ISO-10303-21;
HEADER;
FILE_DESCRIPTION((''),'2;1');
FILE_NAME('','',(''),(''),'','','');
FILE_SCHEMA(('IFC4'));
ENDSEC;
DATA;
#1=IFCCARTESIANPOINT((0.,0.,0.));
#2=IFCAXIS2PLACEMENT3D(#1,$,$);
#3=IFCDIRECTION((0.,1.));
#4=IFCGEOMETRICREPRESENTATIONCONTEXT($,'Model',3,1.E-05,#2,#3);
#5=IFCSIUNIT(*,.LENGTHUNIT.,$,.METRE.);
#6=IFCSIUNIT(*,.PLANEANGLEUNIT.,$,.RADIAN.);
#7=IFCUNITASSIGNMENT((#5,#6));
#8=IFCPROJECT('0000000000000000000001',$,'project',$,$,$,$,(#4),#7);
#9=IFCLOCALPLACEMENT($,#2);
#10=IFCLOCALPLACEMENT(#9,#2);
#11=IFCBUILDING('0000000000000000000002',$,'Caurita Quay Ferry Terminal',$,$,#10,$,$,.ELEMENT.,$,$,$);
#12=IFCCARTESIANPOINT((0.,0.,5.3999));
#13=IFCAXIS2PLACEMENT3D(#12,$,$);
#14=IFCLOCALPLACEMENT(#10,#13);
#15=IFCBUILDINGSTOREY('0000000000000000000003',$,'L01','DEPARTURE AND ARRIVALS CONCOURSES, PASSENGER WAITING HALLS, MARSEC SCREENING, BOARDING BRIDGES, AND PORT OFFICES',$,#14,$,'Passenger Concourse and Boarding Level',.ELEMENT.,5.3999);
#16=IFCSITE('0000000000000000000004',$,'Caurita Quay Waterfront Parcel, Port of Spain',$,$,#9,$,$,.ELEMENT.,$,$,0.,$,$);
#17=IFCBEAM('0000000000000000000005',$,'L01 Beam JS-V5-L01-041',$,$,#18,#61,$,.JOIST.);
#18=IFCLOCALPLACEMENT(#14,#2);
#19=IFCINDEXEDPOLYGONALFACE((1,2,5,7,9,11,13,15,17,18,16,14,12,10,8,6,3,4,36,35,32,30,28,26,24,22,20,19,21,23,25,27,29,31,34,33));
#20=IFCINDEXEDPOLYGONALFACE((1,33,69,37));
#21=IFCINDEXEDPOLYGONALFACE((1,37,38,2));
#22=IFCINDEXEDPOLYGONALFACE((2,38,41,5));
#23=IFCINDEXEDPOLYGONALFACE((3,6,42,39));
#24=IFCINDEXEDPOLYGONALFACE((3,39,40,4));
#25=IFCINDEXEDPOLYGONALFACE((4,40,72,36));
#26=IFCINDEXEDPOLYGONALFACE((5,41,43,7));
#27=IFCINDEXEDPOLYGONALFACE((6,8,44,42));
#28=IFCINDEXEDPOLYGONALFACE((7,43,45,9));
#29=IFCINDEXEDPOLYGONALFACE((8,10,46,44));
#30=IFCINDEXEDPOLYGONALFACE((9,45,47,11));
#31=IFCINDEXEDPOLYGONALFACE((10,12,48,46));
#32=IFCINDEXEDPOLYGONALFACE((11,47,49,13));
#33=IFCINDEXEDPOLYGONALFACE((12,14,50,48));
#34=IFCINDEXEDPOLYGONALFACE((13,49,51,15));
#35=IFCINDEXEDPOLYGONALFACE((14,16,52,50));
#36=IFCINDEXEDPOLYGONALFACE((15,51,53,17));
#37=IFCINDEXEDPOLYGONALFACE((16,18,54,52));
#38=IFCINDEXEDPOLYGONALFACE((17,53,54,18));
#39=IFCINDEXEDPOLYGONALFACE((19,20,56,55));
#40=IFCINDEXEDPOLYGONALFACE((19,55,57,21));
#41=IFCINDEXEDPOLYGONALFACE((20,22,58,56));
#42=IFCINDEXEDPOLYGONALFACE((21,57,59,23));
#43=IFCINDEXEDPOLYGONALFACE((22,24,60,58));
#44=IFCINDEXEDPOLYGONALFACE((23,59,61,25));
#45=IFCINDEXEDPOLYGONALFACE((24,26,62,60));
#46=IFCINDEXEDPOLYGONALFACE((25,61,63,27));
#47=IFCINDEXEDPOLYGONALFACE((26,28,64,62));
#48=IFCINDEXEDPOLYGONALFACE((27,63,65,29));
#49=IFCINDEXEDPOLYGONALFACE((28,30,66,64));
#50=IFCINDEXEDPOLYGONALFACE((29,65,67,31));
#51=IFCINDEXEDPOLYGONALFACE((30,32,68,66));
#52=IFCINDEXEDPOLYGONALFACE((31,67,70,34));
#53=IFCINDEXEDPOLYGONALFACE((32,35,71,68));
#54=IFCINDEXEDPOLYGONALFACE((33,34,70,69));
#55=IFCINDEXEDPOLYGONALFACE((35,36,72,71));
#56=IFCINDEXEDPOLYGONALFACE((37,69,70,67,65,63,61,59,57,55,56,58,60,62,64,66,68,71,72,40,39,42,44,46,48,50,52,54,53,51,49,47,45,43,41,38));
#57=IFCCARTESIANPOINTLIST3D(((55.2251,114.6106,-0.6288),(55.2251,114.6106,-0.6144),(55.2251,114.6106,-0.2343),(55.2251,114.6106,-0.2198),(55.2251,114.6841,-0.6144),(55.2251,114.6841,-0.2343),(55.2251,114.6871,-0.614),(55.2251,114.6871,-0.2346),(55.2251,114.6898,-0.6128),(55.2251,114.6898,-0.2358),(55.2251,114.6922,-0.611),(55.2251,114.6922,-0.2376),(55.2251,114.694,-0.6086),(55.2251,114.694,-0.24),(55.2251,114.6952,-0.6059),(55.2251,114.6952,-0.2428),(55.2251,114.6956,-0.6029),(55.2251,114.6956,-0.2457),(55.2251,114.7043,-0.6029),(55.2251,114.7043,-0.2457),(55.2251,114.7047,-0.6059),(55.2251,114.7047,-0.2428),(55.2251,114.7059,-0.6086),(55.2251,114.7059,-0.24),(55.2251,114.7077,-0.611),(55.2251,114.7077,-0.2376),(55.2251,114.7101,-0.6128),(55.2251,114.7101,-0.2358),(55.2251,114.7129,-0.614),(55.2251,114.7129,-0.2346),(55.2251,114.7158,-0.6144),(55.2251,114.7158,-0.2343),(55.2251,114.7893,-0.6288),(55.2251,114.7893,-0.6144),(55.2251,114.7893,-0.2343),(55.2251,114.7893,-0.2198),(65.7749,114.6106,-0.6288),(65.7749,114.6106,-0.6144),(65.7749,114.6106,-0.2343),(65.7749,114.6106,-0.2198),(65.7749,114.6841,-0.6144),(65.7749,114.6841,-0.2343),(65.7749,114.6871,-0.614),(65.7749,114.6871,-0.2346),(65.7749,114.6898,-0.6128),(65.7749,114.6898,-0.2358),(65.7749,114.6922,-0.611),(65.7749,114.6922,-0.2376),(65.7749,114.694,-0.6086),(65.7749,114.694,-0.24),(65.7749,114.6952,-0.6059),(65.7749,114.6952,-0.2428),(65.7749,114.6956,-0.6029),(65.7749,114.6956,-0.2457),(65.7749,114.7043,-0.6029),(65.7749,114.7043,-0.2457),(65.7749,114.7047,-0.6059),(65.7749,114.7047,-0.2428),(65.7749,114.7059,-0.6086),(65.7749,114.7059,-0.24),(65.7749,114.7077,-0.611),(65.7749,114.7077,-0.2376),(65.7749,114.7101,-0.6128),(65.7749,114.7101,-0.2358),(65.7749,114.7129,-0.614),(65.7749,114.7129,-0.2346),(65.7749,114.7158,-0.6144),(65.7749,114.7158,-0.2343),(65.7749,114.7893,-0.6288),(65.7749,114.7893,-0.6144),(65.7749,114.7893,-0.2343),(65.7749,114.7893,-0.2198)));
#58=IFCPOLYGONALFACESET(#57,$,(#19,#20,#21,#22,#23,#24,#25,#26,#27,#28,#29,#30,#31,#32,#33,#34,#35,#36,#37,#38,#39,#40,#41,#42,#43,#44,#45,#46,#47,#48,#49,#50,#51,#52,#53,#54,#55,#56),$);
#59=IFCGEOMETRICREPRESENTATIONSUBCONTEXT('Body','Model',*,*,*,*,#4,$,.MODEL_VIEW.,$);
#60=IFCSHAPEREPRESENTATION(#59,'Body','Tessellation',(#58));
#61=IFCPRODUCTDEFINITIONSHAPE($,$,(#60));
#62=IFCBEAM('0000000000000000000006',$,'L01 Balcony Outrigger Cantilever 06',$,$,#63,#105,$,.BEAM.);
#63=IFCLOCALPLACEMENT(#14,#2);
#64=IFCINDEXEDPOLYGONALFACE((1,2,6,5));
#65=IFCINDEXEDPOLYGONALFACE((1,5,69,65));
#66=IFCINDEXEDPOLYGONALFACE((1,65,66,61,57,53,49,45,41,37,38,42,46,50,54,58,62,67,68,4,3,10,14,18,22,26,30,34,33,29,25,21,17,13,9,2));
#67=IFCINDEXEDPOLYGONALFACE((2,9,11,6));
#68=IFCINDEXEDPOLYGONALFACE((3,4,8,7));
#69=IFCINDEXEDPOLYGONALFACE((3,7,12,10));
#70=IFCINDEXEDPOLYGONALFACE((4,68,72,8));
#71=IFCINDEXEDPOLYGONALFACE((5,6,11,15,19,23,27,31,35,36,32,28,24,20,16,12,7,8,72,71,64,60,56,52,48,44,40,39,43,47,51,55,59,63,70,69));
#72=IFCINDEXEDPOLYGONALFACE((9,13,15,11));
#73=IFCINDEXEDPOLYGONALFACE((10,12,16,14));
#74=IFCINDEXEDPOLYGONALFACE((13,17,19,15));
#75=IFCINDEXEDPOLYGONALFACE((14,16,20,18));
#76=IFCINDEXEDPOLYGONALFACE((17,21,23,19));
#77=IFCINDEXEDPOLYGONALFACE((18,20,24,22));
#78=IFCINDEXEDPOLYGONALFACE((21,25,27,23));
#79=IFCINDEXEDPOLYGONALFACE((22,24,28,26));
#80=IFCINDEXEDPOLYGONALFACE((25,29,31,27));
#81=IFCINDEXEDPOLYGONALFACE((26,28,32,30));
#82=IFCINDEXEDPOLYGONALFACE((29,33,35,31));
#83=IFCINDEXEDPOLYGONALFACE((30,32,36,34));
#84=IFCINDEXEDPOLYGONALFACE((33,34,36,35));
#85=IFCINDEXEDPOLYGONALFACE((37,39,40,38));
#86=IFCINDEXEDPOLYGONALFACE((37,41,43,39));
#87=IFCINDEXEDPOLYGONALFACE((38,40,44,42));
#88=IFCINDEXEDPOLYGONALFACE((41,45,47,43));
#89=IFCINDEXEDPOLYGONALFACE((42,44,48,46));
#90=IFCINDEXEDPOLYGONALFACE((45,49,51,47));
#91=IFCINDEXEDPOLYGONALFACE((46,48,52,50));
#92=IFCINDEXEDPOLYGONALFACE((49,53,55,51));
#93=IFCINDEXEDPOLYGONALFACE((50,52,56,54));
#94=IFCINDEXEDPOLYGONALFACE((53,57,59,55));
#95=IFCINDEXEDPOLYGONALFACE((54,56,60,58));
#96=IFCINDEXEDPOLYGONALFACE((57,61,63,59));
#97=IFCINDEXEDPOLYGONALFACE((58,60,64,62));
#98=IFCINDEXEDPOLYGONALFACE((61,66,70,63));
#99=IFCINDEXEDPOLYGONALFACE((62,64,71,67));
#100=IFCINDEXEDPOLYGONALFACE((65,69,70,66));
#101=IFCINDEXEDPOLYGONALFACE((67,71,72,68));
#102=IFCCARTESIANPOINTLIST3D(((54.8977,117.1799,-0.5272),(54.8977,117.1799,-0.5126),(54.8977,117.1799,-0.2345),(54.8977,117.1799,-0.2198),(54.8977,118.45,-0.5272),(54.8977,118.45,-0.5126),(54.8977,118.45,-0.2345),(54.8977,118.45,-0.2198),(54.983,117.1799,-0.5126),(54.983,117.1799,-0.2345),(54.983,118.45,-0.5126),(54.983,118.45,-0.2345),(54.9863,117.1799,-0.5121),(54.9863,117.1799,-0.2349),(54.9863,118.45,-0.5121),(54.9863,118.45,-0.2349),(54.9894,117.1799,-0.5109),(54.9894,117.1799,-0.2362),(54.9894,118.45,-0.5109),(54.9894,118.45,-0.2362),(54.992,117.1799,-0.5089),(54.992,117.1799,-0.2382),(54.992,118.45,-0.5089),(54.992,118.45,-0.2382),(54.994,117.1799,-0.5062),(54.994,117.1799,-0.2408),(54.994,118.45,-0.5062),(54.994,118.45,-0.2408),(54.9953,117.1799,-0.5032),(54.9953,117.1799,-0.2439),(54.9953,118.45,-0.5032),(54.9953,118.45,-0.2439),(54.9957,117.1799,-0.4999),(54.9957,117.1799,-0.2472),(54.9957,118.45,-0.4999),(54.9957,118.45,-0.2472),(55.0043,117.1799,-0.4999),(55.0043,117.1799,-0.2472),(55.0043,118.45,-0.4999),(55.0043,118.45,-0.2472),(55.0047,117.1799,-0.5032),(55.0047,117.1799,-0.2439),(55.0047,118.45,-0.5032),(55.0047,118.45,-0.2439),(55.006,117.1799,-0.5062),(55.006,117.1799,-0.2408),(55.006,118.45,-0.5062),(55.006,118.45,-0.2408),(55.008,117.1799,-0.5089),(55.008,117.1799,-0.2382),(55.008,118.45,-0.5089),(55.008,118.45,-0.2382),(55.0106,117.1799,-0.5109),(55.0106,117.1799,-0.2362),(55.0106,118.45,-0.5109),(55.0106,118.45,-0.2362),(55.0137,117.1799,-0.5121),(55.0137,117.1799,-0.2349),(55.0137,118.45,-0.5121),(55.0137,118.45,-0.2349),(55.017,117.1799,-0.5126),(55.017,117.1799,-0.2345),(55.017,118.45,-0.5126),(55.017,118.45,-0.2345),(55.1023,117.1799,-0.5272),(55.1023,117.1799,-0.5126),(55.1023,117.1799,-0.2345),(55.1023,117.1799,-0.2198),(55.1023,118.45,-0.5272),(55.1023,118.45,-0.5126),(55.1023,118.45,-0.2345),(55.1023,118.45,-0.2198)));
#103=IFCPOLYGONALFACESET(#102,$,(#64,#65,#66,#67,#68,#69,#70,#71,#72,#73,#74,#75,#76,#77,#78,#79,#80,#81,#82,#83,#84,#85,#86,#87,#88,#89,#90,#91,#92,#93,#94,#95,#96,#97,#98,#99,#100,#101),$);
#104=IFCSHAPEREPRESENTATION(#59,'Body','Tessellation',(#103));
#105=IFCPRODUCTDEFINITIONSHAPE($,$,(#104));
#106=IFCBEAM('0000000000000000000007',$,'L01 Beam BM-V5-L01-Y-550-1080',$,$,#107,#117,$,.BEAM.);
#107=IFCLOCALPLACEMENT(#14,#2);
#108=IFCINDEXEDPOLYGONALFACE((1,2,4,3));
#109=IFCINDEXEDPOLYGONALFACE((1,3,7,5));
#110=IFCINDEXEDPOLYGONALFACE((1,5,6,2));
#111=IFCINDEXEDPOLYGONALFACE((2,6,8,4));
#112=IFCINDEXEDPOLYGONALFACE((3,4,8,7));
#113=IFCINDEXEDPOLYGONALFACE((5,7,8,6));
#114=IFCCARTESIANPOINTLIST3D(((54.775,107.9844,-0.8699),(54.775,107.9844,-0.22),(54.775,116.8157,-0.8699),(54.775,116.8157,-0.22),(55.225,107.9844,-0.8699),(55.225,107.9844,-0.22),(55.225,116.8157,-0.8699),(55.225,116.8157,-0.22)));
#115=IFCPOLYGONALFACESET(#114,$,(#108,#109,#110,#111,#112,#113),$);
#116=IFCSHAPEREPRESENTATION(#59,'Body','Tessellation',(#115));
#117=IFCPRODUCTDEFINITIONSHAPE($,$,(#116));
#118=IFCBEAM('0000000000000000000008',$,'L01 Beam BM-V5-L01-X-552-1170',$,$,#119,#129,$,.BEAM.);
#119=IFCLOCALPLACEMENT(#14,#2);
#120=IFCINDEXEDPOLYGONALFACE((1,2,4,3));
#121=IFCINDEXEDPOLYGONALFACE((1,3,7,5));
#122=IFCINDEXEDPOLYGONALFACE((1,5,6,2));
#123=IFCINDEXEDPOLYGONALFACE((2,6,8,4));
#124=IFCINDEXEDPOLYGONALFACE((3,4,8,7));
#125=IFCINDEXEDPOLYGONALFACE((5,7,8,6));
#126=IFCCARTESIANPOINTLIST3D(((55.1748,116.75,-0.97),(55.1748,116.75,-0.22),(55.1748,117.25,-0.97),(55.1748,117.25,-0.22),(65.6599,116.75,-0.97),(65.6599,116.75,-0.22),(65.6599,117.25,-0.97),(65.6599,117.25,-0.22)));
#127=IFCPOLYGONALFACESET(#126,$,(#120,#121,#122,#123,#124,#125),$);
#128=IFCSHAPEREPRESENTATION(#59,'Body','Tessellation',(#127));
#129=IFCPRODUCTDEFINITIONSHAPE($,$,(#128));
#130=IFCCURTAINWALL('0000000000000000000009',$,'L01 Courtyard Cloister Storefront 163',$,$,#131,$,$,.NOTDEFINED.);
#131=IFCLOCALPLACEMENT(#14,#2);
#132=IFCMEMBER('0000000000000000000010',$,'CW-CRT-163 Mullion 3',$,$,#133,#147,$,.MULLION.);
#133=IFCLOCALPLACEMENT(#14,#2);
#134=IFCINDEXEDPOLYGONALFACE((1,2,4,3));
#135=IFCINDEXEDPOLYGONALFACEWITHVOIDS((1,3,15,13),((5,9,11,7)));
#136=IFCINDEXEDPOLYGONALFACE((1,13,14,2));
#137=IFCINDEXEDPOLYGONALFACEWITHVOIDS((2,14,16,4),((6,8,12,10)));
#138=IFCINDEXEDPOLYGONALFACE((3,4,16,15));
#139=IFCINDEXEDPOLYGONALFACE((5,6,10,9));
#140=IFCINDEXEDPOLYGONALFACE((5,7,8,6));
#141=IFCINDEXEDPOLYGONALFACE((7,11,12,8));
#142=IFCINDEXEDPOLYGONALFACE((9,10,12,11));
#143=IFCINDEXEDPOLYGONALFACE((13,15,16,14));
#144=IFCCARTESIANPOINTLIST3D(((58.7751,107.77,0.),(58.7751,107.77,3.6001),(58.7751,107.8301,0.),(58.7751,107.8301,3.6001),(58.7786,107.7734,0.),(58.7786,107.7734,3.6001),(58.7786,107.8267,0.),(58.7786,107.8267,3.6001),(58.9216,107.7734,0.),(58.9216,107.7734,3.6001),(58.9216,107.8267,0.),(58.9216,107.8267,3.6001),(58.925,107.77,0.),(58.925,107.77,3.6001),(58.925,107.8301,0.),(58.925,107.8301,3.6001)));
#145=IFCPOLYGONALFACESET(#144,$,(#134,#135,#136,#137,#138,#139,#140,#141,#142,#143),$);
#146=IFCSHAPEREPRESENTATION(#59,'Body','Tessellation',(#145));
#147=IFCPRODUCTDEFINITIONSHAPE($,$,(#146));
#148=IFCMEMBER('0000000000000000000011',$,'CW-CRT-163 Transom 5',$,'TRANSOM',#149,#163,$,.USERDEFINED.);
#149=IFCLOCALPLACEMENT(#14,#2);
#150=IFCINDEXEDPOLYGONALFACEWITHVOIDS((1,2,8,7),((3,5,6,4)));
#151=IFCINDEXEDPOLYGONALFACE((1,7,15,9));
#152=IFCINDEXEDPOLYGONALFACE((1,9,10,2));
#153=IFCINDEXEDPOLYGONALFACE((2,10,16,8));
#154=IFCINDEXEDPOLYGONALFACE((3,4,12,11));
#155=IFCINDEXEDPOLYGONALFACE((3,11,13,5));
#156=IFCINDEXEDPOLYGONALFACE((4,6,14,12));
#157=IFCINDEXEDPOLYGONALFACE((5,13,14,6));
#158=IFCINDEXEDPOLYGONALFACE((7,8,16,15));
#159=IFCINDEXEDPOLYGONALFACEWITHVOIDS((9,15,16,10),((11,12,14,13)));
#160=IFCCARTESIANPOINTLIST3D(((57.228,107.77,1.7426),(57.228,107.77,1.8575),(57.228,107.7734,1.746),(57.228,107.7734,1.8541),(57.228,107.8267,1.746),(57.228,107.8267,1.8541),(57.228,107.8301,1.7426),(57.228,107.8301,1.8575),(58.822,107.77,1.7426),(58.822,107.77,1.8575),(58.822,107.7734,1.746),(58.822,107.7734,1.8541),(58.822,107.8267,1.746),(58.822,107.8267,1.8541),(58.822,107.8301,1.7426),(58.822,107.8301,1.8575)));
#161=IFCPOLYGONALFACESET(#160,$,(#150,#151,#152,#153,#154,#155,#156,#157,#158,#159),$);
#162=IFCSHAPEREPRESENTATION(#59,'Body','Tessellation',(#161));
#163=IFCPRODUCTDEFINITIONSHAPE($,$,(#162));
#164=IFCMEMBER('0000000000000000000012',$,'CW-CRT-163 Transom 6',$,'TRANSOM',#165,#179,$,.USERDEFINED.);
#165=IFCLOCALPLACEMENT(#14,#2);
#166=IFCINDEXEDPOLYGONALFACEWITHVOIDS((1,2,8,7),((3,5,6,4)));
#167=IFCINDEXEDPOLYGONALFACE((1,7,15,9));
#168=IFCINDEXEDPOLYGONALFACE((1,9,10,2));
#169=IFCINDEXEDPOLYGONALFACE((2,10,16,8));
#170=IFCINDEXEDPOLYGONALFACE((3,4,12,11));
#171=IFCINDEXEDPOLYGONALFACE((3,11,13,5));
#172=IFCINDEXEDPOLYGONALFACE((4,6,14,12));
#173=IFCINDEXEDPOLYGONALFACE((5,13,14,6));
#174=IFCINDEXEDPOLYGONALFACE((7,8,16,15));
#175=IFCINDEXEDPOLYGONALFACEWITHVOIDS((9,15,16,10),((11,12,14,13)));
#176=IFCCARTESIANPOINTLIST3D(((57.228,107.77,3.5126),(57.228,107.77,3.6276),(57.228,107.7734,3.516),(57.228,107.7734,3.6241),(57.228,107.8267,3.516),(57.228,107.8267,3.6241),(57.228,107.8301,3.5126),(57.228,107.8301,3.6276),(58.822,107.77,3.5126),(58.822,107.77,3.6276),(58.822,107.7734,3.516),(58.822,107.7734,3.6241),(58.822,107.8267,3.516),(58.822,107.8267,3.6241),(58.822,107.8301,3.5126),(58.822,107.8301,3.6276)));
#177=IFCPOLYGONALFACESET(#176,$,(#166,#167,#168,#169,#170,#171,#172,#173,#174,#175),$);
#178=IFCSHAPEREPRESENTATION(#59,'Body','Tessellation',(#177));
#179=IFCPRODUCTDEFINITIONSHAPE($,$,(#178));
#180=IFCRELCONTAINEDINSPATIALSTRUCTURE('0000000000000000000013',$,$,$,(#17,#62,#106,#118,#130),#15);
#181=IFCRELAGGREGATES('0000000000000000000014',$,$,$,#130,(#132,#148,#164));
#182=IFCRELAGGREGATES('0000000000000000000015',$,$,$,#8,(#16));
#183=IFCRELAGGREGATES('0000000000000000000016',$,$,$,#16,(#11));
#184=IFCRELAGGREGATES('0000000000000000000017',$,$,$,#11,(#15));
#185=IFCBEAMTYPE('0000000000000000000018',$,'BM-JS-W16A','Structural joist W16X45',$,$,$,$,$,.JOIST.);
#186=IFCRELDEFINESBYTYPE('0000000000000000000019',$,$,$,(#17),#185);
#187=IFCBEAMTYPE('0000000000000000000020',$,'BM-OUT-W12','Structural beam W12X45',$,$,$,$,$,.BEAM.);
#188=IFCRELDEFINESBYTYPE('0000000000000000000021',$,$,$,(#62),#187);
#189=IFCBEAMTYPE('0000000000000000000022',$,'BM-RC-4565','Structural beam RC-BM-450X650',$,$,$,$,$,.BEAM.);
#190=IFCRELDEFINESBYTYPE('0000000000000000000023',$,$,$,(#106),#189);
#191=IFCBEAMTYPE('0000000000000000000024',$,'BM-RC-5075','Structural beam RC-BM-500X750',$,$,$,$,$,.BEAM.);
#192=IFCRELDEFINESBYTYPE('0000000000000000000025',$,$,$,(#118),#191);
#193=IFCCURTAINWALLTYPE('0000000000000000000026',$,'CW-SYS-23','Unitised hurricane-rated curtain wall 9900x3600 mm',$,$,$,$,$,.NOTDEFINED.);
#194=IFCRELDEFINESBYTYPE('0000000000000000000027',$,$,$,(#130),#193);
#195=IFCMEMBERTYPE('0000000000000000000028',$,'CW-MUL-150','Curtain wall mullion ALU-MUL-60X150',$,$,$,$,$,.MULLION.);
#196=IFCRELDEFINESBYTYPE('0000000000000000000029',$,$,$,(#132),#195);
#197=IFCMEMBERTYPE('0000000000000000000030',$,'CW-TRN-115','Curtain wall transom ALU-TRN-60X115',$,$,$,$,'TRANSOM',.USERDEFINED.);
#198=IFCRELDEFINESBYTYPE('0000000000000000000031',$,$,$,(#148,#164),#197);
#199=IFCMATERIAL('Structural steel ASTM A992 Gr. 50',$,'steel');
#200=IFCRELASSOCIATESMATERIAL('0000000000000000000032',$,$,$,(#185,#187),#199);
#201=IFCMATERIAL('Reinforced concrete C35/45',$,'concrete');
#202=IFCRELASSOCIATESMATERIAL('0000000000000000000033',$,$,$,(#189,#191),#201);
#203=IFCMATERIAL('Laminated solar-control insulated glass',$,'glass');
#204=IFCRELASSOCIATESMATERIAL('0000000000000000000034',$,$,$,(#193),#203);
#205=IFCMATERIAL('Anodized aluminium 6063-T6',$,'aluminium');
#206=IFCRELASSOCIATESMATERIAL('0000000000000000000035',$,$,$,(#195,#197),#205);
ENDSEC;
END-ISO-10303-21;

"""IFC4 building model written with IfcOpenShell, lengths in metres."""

from ifc_helpers import new_model, si_unit, direction, frame, origin, origin_2d, place, context, subcontext, project, spatial, rectangle, hollow_rectangle, i_section, extrude, material, material_profile, profile_set, type_object, element, aggregate, save


model = new_model("IFC4")

# Units and contexts
model_context = context("Model", 3, precision=1e-05, world=origin(), true_north=direction((0.0, 1.0)))
body_context = subcontext(model_context, "Body", "Model", "MODEL_VIEW")
ifc_project = project(units=[si_unit("LENGTHUNIT", "METRE"), si_unit("PLANEANGLEUNIT", "RADIAN")], contexts=[model_context])

# Site, building, storey
site_placement = place(None, origin())
site = spatial("IfcSite", under=ifc_project, at=site_placement, Name="Caurita Quay Waterfront Parcel, Port of Spain", CompositionType="ELEMENT", RefElevation=0.0)
building_placement = place(site_placement, origin())
building = spatial("IfcBuilding", under=site, at=building_placement, Name="Caurita Quay Ferry Terminal", CompositionType="ELEMENT")
storey_placement = place(building_placement, frame((0.0, 0.0, 5.3999)))
storey = spatial("IfcBuildingStorey", under=building, at=storey_placement, Name="L01", Description="DEPARTURE AND ARRIVALS CONCOURSES, PASSENGER WAITING HALLS, MARSEC SCREENING, BOARDING BRIDGES, AND PORT OFFICES", LongName="Passenger Concourse and Boarding Level", CompositionType="ELEMENT", Elevation=5.3999)

# Shared definitions
ifc_material_1 = material(Name="Reinforced concrete C35/45", Category="concrete")

# Beams
ifc_material_2 = material(Name="Structural steel ASTM A992 Gr. 50", Category="steel")
ifc_material_profile_1 = material_profile(ifc_material_2, i_section(OverallWidth=0.1787, OverallDepth=0.4089, WebThickness=0.0088, FlangeThickness=0.0144, FilletRadius=0.0115, at=origin_2d()), Name="W16X45")
ifc_profile_set_1 = profile_set([ifc_material_profile_1], Name="Structural steel ASTM A992 Gr. 50")
beam_type_1 = type_object("IfcBeamType", Name="BM-JS-W16A", Description="Structural joist W16X45", PredefinedType="JOIST", material=ifc_profile_set_1)
for number, where, z_axis, x_axis, name in (
    (1, (55.2251, 114.7, -0.4243), (1.0, 0.0, 0.0), (0.0, 1.0, 0.0), "L01 Beam JS-V5-L01-041"),
):
    element("IfcBeam", number, at=place(storey_placement, frame(where, z_axis=z_axis, x_axis=x_axis)), inside=storey, type_object=beam_type_1, Name=name, PredefinedType="JOIST", context=body_context, shape_type="SweptSolid", body=[
        extrude(i_section(OverallWidth=0.1787, OverallDepth=0.4089, WebThickness=0.0088, FlangeThickness=0.0144, FilletRadius=0.0115, at=origin_2d()), origin(), (0.0, 0.0, 1.0), 10.5498),
    ])
ifc_material_profile_2 = material_profile(ifc_material_2, i_section(OverallWidth=0.2046, OverallDepth=0.3074, WebThickness=0.0085, FlangeThickness=0.0146, FilletRadius=0.0127, at=origin_2d()), Name="W12X45")
ifc_profile_set_2 = profile_set([ifc_material_profile_2], Name="Structural steel ASTM A992 Gr. 50")
beam_type_2 = type_object("IfcBeamType", Name="BM-OUT-W12", Description="Structural beam W12X45", PredefinedType="BEAM", material=ifc_profile_set_2)
beam_1_placement = place(storey_placement, frame((55.0, 117.1799, -0.3735), z_axis=(0.0, 1.0, 0.0), x_axis=(-1.0, 0.0, 0.0)))
element("IfcBeam", 2, at=beam_1_placement, inside=storey, type_object=beam_type_2, Name="L01 Balcony Outrigger Cantilever 06", PredefinedType="BEAM", context=body_context, shape_type="SweptSolid", body=[
    extrude(i_section(OverallWidth=0.2046, OverallDepth=0.3074, WebThickness=0.0085, FlangeThickness=0.0146, FilletRadius=0.0127, at=origin_2d()), origin(), (0.0, 0.0, 1.0), 1.27),
])
ifc_material_profile_3 = material_profile(ifc_material_1, rectangle(XDim=0.45, YDim=0.6499, at=origin_2d()), Name="RC-BM-450X650")
ifc_profile_set_3 = profile_set([ifc_material_profile_3], Name="Reinforced concrete C35/45")
beam_type_3 = type_object("IfcBeamType", Name="BM-RC-4565", Description="Structural beam RC-BM-450X650", PredefinedType="BEAM", material=ifc_profile_set_3)
beam_2_placement = place(storey_placement, frame((55.0, 107.9844, -0.5449), z_axis=(0.0, 1.0, 0.0), x_axis=(-1.0, 0.0, 0.0)))
element("IfcBeam", 3, at=beam_2_placement, inside=storey, type_object=beam_type_3, Name="L01 Beam BM-V5-L01-Y-550-1080", PredefinedType="BEAM", context=body_context, shape_type="SweptSolid", body=[
    extrude(rectangle(XDim=0.45, YDim=0.6499, at=origin_2d()), origin(), (0.0, 0.0, 1.0), 8.8313),
])
ifc_material_profile_4 = material_profile(ifc_material_1, rectangle(XDim=0.5, YDim=0.75, at=origin_2d()), Name="RC-BM-500X750")
ifc_profile_set_4 = profile_set([ifc_material_profile_4], Name="Reinforced concrete C35/45")
beam_type_4 = type_object("IfcBeamType", Name="BM-RC-5075", Description="Structural beam RC-BM-500X750", PredefinedType="BEAM", material=ifc_profile_set_4)
beam_3_placement = place(storey_placement, frame((55.1748, 117.0, -0.595), z_axis=(1.0, 0.0, 0.0), x_axis=(0.0, 1.0, 0.0)))
element("IfcBeam", 4, at=beam_3_placement, inside=storey, type_object=beam_type_4, Name="L01 Beam BM-V5-L01-X-552-1170", PredefinedType="BEAM", context=body_context, shape_type="SweptSolid", body=[
    extrude(rectangle(XDim=0.5, YDim=0.75, at=origin_2d()), origin(), (0.0, 0.0, 1.0), 10.4851),
])

# Curtain wall, members
ifc_material_3 = material(Name="Laminated solar-control insulated glass", Category="glass")
curtain_wall_type = type_object("IfcCurtainWallType", Name="CW-SYS-23", Description="Unitised hurricane-rated curtain wall 9900x3600 mm", PredefinedType="NOTDEFINED", material=ifc_material_3)
curtain_wall_placement = place(storey_placement, origin())
curtain_wall = element("IfcCurtainWall", 5, at=curtain_wall_placement, inside=storey, type_object=curtain_wall_type, Name="L01 Courtyard Cloister Storefront 163", PredefinedType="NOTDEFINED")
ifc_material_4 = material(Name="Anodized aluminium 6063-T6", Category="aluminium")
ifc_material_profile_5 = material_profile(ifc_material_4, hollow_rectangle(XDim=0.0601, YDim=0.1499, WallThickness=0.0034, at=origin_2d()), Name="ALU-MUL-60X150")
ifc_profile_set_5 = profile_set([ifc_material_profile_5], Name="Anodized aluminium 6063-T6")
member_type_1 = type_object("IfcMemberType", Name="CW-MUL-150", Description="Curtain wall mullion ALU-MUL-60X150", PredefinedType="MULLION", material=ifc_profile_set_5)
member_1_placement = place(storey_placement, frame((58.8501, 107.8, 0.0), z_axis=(0.0, 0.0, 1.0), x_axis=(0.0, 1.0, 0.0)))
member_1 = element("IfcMember", 6, at=member_1_placement, type_object=member_type_1, Name="CW-CRT-163 Mullion 3", PredefinedType="MULLION", context=body_context, shape_type="SweptSolid", body=[
    extrude(hollow_rectangle(XDim=0.0601, YDim=0.1499, WallThickness=0.0034, at=origin_2d()), origin(), (0.0, 0.0, 1.0), 3.6001),
])
ifc_material_profile_6 = material_profile(ifc_material_4, hollow_rectangle(XDim=0.0601, YDim=0.115, WallThickness=0.0034, at=origin_2d()), Name="ALU-TRN-60X115")
ifc_profile_set_6 = profile_set([ifc_material_profile_6], Name="Anodized aluminium 6063-T6")
member_type_2 = type_object("IfcMemberType", Name="CW-TRN-115", Description="Curtain wall transom ALU-TRN-60X115", ElementType="TRANSOM", PredefinedType="USERDEFINED", material=ifc_profile_set_6)
member_2_placement = place(storey_placement, frame((57.228, 107.8, 1.8), z_axis=(1.0, 0.0, 0.0), x_axis=(0.0, 1.0, 0.0)))
member_2 = element("IfcMember", 7, at=member_2_placement, type_object=member_type_2, Name="CW-CRT-163 Transom 5", ObjectType="TRANSOM", PredefinedType="USERDEFINED", context=body_context, shape_type="SweptSolid", body=[
    extrude(hollow_rectangle(XDim=0.0601, YDim=0.115, WallThickness=0.0034, at=origin_2d()), origin(), (0.0, 0.0, 1.0), 1.594),
])
member_3_placement = place(storey_placement, frame((57.228, 107.8, 3.5701), z_axis=(1.0, 0.0, 0.0), x_axis=(0.0, 1.0, 0.0)))
member_3 = element("IfcMember", 8, at=member_3_placement, type_object=member_type_2, Name="CW-CRT-163 Transom 6", ObjectType="TRANSOM", PredefinedType="USERDEFINED", context=body_context, shape_type="SweptSolid", body=[
    extrude(hollow_rectangle(XDim=0.0601, YDim=0.115, WallThickness=0.0034, at=origin_2d()), origin(), (0.0, 0.0, 1.0), 1.594),
])
aggregate(curtain_wall, [member_1, member_2, member_3])

save(model, "model.ifc")
